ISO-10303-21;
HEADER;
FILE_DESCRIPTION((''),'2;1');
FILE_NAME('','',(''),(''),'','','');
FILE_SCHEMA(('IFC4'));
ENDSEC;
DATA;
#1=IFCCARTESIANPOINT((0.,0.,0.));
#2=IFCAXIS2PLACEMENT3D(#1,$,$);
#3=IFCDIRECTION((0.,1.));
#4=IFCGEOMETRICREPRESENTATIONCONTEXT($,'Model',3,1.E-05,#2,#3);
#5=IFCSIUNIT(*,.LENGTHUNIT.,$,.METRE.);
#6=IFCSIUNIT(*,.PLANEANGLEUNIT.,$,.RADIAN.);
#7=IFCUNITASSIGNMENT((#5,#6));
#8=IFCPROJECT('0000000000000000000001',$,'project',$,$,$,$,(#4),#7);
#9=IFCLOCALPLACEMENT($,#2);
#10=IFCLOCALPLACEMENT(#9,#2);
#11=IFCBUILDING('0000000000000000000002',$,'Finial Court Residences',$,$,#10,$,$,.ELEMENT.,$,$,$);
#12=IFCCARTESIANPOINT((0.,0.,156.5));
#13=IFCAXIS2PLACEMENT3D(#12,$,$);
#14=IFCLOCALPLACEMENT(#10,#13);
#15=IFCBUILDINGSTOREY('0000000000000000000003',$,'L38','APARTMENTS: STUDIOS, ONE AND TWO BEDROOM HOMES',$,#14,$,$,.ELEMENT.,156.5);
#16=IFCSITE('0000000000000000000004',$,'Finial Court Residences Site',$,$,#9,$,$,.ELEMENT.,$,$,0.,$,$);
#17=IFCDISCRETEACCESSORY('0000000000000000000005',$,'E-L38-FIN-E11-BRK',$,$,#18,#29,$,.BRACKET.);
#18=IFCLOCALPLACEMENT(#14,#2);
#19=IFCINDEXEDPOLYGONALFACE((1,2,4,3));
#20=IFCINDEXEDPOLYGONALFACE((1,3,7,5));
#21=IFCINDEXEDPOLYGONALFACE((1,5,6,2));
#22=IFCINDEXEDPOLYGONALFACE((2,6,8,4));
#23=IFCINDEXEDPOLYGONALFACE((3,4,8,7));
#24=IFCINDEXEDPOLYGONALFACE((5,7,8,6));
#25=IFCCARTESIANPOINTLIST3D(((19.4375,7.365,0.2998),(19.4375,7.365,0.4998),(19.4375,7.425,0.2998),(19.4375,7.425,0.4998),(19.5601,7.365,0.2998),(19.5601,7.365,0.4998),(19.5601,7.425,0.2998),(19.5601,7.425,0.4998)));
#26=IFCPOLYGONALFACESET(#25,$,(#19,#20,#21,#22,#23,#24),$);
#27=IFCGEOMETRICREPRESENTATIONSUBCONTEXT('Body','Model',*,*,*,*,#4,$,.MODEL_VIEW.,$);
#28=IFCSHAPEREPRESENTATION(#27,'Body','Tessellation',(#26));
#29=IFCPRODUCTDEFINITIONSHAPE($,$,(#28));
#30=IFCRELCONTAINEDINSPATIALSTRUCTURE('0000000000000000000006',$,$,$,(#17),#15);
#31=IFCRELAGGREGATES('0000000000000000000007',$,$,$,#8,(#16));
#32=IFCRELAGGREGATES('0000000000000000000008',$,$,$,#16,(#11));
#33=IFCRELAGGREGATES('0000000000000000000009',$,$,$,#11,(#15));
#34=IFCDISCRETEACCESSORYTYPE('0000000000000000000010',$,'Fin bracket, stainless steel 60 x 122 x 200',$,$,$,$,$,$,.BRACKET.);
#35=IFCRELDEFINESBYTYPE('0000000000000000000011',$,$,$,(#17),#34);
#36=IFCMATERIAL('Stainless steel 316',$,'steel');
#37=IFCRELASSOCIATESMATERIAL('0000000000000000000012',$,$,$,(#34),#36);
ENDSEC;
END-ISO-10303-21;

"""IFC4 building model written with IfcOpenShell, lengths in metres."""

from ifc_helpers import new_model, si_unit, direction, frame, origin, origin_2d, place, context, subcontext, project, spatial, rectangle, extrude, material, type_object, element, save


model = new_model("IFC4")

# Units and contexts
model_context = context("Model", 3, precision=1e-05, world=origin(), true_north=direction((0.0, 1.0)))
body_context = subcontext(model_context, "Body", "Model", "MODEL_VIEW")
ifc_project = project(units=[si_unit("LENGTHUNIT", "METRE"), si_unit("PLANEANGLEUNIT", "RADIAN")], contexts=[model_context])

# Site, building, storey
site_placement = place(None, origin())
site = spatial("IfcSite", under=ifc_project, at=site_placement, Name="Finial Court Residences Site", CompositionType="ELEMENT", RefElevation=0.0)
building_placement = place(site_placement, origin())
building = spatial("IfcBuilding", under=site, at=building_placement, Name="Finial Court Residences", CompositionType="ELEMENT")
storey_placement = place(building_placement, frame((0.0, 0.0, 156.5)))
storey = spatial("IfcBuildingStorey", under=building, at=storey_placement, Name="L38", Description="APARTMENTS: STUDIOS, ONE AND TWO BEDROOM HOMES", CompositionType="ELEMENT", Elevation=156.5)

# Discrete accessory
ifc_material_1 = material(Name="Stainless steel 316", Category="steel")
discrete_accessory_type = type_object("IfcDiscreteAccessoryType", Name="Fin bracket, stainless steel 60 x 122 x 200", PredefinedType="BRACKET", material=ifc_material_1)
discrete_accessory_placement = place(storey_placement, frame((19.4988, 7.395, 0.2998), z_axis=(0.0, 0.0, 1.0), x_axis=(1.0, 0.0, 0.0)))
element("IfcDiscreteAccessory", 1, at=discrete_accessory_placement, inside=storey, type_object=discrete_accessory_type, Name="E-L38-FIN-E11-BRK", PredefinedType="BRACKET", context=body_context, shape_type="SweptSolid", body=[
    extrude(rectangle(XDim=0.1226, YDim=0.0601, at=origin_2d()), origin(), (0.0, 0.0, 1.0), 0.2),
])

save(model, "model.ifc")
